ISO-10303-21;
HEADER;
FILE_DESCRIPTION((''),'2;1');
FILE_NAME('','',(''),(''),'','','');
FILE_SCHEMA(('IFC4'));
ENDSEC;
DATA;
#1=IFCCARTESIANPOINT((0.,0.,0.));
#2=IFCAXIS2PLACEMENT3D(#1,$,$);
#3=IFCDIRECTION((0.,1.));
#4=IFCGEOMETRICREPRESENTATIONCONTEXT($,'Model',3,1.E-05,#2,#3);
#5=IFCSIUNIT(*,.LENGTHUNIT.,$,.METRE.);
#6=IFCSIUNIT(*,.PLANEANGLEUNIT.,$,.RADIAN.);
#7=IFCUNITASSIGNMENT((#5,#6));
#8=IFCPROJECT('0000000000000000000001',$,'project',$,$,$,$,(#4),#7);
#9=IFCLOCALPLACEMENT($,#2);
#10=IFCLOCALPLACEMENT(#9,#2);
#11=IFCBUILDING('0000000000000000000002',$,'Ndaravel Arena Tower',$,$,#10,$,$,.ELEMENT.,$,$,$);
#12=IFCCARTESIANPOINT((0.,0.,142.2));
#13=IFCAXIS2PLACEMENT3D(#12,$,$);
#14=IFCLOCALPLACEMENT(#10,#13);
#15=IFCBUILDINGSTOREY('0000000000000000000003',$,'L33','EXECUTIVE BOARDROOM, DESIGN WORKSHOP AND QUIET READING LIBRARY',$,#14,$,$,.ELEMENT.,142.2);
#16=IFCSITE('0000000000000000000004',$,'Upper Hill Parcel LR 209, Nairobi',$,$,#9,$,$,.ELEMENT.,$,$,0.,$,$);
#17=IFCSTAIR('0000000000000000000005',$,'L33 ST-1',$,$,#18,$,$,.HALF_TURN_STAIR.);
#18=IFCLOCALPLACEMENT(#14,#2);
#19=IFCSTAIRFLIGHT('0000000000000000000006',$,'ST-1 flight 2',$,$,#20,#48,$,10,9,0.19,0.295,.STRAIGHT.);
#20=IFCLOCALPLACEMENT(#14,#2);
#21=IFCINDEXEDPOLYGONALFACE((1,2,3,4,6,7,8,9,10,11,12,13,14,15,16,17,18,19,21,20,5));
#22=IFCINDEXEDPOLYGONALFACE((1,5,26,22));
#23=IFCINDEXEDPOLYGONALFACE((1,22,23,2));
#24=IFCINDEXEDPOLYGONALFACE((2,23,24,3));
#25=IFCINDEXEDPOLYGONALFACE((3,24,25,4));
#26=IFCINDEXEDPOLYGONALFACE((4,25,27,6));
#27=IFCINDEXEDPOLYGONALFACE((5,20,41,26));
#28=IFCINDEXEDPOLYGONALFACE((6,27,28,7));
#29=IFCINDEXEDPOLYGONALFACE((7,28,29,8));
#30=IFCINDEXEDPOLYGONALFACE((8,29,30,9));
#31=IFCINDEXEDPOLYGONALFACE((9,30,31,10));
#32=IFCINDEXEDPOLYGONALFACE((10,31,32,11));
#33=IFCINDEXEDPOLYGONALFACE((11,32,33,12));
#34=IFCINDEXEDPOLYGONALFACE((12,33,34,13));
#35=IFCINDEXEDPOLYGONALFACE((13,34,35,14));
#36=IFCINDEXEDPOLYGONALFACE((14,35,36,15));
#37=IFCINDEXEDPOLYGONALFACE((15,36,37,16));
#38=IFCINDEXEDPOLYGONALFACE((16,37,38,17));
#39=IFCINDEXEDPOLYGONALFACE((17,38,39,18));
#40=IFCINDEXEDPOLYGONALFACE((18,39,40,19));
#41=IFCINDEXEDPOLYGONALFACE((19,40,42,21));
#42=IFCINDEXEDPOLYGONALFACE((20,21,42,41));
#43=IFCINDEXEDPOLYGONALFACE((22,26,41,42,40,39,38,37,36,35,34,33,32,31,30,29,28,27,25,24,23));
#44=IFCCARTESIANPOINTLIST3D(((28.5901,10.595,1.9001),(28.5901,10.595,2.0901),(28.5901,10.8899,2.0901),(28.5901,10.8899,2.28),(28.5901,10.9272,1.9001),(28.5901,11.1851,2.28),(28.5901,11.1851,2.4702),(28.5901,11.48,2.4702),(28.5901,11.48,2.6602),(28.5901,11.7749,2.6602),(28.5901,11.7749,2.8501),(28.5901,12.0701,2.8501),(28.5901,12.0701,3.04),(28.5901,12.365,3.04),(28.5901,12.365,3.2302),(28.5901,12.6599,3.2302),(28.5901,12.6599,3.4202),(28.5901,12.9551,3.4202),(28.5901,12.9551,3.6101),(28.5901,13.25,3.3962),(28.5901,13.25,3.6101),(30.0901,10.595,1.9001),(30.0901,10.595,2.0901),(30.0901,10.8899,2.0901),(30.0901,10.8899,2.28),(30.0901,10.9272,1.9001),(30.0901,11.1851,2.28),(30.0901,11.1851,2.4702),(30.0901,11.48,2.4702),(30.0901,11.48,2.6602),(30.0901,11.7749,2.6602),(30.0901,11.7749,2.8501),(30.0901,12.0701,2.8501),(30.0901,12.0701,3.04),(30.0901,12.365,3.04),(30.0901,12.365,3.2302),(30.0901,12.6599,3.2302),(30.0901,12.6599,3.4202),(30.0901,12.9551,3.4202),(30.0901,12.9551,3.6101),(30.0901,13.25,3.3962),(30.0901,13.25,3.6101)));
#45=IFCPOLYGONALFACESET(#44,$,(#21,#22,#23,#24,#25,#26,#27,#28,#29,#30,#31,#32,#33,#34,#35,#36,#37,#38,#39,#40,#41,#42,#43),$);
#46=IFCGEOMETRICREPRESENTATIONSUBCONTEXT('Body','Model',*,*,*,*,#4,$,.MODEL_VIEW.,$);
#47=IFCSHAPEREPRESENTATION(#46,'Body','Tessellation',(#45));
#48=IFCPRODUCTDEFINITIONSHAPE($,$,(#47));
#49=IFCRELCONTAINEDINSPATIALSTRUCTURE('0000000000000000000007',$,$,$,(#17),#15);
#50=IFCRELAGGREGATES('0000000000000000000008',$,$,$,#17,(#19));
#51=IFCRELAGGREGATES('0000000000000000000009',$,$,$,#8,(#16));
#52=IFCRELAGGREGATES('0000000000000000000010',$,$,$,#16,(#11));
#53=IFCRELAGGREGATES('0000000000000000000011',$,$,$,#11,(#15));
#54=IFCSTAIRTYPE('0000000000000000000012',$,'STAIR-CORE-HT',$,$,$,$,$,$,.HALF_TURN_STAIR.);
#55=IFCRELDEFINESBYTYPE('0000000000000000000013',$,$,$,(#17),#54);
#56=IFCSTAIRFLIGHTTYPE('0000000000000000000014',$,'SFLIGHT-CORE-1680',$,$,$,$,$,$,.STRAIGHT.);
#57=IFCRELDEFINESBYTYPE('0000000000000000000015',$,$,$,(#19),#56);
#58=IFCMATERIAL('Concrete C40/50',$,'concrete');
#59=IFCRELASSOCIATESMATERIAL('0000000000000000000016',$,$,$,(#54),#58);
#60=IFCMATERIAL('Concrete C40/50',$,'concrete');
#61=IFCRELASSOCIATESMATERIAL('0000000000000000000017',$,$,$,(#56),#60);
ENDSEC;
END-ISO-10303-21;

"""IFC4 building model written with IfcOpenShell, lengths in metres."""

from ifc_helpers import new_model, si_unit, direction, frame, origin, place, context, subcontext, project, spatial, polyline, outline, extrude, material, type_object, element, aggregate, save


model = new_model("IFC4")

# Units and contexts
model_context = context("Model", 3, precision=1e-05, world=origin(), true_north=direction((0.0, 1.0)))
body_context = subcontext(model_context, "Body", "Model", "MODEL_VIEW")
ifc_project = project(units=[si_unit("LENGTHUNIT", "METRE"), si_unit("PLANEANGLEUNIT", "RADIAN")], contexts=[model_context])

# Site, building, storey
site_placement = place(None, origin())
site = spatial("IfcSite", under=ifc_project, at=site_placement, Name="Upper Hill Parcel LR 209, Nairobi", CompositionType="ELEMENT", RefElevation=0.0)
building_placement = place(site_placement, origin())
building = spatial("IfcBuilding", under=site, at=building_placement, Name="Ndaravel Arena Tower", CompositionType="ELEMENT")
storey_placement = place(building_placement, frame((0.0, 0.0, 142.2)))
storey = spatial("IfcBuildingStorey", under=building, at=storey_placement, Name="L33", Description="EXECUTIVE BOARDROOM, DESIGN WORKSHOP AND QUIET READING LIBRARY", CompositionType="ELEMENT", Elevation=142.2)

# Stair, stair flight
ifc_material_1 = material(Name="Concrete C40/50", Category="concrete")
stair_type = type_object("IfcStairType", Name="STAIR-CORE-HT", PredefinedType="HALF_TURN_STAIR", material=ifc_material_1)
stair_placement = place(storey_placement, origin())
stair = element("IfcStair", 1, at=stair_placement, inside=storey, type_object=stair_type, Name="L33 ST-1", PredefinedType="HALF_TURN_STAIR")
ifc_material_2 = material(Name="Concrete C40/50", Category="concrete")
stair_flight_type = type_object("IfcStairFlightType", Name="SFLIGHT-CORE-1680", PredefinedType="STRAIGHT", material=ifc_material_2)
stair_flight_placement = place(storey_placement, frame((29.3401, 10.595, 1.9001), z_axis=(0.0, 0.0, 1.0), x_axis=(0.0, 1.0, 0.0)))
stair_flight = element("IfcStairFlight", 2, at=stair_flight_placement, type_object=stair_flight_type, Name="ST-1 flight 2", NumberOfRisers=10, NumberOfTreads=9, PredefinedType="STRAIGHT", RiserHeight=0.19, TreadLength=0.295, context=body_context, shape_type="SweptSolid", body=[
    extrude(outline(polyline([(0.0, 0.0), (0.0, 0.1899), (0.2949, 0.1899), (0.2949, 0.3799), (0.5901, 0.3799), (0.5901, 0.5701), (0.885, 0.5701), (0.885, 0.76), (1.1799, 0.76), (1.1799, 0.95), (1.4751, 0.95), (1.4751, 1.1399), (1.77, 1.1399), (1.77, 1.3301), (2.0649, 1.3301), (2.0649, 1.52), (2.3601, 1.52), (2.3601, 1.71), (2.655, 1.71), (2.655, 1.8999), (2.655, 1.4961), (0.3323, 0.0), (0.0, 0.0)])), frame((0.0, 0.75, 0.0), z_axis=(0.0, -1.0, 0.0), x_axis=(1.0, 0.0, 0.0)), (0.0, 0.0, 1.0), 1.5),
])
aggregate(stair, [stair_flight])

save(model, "model.ifc")
